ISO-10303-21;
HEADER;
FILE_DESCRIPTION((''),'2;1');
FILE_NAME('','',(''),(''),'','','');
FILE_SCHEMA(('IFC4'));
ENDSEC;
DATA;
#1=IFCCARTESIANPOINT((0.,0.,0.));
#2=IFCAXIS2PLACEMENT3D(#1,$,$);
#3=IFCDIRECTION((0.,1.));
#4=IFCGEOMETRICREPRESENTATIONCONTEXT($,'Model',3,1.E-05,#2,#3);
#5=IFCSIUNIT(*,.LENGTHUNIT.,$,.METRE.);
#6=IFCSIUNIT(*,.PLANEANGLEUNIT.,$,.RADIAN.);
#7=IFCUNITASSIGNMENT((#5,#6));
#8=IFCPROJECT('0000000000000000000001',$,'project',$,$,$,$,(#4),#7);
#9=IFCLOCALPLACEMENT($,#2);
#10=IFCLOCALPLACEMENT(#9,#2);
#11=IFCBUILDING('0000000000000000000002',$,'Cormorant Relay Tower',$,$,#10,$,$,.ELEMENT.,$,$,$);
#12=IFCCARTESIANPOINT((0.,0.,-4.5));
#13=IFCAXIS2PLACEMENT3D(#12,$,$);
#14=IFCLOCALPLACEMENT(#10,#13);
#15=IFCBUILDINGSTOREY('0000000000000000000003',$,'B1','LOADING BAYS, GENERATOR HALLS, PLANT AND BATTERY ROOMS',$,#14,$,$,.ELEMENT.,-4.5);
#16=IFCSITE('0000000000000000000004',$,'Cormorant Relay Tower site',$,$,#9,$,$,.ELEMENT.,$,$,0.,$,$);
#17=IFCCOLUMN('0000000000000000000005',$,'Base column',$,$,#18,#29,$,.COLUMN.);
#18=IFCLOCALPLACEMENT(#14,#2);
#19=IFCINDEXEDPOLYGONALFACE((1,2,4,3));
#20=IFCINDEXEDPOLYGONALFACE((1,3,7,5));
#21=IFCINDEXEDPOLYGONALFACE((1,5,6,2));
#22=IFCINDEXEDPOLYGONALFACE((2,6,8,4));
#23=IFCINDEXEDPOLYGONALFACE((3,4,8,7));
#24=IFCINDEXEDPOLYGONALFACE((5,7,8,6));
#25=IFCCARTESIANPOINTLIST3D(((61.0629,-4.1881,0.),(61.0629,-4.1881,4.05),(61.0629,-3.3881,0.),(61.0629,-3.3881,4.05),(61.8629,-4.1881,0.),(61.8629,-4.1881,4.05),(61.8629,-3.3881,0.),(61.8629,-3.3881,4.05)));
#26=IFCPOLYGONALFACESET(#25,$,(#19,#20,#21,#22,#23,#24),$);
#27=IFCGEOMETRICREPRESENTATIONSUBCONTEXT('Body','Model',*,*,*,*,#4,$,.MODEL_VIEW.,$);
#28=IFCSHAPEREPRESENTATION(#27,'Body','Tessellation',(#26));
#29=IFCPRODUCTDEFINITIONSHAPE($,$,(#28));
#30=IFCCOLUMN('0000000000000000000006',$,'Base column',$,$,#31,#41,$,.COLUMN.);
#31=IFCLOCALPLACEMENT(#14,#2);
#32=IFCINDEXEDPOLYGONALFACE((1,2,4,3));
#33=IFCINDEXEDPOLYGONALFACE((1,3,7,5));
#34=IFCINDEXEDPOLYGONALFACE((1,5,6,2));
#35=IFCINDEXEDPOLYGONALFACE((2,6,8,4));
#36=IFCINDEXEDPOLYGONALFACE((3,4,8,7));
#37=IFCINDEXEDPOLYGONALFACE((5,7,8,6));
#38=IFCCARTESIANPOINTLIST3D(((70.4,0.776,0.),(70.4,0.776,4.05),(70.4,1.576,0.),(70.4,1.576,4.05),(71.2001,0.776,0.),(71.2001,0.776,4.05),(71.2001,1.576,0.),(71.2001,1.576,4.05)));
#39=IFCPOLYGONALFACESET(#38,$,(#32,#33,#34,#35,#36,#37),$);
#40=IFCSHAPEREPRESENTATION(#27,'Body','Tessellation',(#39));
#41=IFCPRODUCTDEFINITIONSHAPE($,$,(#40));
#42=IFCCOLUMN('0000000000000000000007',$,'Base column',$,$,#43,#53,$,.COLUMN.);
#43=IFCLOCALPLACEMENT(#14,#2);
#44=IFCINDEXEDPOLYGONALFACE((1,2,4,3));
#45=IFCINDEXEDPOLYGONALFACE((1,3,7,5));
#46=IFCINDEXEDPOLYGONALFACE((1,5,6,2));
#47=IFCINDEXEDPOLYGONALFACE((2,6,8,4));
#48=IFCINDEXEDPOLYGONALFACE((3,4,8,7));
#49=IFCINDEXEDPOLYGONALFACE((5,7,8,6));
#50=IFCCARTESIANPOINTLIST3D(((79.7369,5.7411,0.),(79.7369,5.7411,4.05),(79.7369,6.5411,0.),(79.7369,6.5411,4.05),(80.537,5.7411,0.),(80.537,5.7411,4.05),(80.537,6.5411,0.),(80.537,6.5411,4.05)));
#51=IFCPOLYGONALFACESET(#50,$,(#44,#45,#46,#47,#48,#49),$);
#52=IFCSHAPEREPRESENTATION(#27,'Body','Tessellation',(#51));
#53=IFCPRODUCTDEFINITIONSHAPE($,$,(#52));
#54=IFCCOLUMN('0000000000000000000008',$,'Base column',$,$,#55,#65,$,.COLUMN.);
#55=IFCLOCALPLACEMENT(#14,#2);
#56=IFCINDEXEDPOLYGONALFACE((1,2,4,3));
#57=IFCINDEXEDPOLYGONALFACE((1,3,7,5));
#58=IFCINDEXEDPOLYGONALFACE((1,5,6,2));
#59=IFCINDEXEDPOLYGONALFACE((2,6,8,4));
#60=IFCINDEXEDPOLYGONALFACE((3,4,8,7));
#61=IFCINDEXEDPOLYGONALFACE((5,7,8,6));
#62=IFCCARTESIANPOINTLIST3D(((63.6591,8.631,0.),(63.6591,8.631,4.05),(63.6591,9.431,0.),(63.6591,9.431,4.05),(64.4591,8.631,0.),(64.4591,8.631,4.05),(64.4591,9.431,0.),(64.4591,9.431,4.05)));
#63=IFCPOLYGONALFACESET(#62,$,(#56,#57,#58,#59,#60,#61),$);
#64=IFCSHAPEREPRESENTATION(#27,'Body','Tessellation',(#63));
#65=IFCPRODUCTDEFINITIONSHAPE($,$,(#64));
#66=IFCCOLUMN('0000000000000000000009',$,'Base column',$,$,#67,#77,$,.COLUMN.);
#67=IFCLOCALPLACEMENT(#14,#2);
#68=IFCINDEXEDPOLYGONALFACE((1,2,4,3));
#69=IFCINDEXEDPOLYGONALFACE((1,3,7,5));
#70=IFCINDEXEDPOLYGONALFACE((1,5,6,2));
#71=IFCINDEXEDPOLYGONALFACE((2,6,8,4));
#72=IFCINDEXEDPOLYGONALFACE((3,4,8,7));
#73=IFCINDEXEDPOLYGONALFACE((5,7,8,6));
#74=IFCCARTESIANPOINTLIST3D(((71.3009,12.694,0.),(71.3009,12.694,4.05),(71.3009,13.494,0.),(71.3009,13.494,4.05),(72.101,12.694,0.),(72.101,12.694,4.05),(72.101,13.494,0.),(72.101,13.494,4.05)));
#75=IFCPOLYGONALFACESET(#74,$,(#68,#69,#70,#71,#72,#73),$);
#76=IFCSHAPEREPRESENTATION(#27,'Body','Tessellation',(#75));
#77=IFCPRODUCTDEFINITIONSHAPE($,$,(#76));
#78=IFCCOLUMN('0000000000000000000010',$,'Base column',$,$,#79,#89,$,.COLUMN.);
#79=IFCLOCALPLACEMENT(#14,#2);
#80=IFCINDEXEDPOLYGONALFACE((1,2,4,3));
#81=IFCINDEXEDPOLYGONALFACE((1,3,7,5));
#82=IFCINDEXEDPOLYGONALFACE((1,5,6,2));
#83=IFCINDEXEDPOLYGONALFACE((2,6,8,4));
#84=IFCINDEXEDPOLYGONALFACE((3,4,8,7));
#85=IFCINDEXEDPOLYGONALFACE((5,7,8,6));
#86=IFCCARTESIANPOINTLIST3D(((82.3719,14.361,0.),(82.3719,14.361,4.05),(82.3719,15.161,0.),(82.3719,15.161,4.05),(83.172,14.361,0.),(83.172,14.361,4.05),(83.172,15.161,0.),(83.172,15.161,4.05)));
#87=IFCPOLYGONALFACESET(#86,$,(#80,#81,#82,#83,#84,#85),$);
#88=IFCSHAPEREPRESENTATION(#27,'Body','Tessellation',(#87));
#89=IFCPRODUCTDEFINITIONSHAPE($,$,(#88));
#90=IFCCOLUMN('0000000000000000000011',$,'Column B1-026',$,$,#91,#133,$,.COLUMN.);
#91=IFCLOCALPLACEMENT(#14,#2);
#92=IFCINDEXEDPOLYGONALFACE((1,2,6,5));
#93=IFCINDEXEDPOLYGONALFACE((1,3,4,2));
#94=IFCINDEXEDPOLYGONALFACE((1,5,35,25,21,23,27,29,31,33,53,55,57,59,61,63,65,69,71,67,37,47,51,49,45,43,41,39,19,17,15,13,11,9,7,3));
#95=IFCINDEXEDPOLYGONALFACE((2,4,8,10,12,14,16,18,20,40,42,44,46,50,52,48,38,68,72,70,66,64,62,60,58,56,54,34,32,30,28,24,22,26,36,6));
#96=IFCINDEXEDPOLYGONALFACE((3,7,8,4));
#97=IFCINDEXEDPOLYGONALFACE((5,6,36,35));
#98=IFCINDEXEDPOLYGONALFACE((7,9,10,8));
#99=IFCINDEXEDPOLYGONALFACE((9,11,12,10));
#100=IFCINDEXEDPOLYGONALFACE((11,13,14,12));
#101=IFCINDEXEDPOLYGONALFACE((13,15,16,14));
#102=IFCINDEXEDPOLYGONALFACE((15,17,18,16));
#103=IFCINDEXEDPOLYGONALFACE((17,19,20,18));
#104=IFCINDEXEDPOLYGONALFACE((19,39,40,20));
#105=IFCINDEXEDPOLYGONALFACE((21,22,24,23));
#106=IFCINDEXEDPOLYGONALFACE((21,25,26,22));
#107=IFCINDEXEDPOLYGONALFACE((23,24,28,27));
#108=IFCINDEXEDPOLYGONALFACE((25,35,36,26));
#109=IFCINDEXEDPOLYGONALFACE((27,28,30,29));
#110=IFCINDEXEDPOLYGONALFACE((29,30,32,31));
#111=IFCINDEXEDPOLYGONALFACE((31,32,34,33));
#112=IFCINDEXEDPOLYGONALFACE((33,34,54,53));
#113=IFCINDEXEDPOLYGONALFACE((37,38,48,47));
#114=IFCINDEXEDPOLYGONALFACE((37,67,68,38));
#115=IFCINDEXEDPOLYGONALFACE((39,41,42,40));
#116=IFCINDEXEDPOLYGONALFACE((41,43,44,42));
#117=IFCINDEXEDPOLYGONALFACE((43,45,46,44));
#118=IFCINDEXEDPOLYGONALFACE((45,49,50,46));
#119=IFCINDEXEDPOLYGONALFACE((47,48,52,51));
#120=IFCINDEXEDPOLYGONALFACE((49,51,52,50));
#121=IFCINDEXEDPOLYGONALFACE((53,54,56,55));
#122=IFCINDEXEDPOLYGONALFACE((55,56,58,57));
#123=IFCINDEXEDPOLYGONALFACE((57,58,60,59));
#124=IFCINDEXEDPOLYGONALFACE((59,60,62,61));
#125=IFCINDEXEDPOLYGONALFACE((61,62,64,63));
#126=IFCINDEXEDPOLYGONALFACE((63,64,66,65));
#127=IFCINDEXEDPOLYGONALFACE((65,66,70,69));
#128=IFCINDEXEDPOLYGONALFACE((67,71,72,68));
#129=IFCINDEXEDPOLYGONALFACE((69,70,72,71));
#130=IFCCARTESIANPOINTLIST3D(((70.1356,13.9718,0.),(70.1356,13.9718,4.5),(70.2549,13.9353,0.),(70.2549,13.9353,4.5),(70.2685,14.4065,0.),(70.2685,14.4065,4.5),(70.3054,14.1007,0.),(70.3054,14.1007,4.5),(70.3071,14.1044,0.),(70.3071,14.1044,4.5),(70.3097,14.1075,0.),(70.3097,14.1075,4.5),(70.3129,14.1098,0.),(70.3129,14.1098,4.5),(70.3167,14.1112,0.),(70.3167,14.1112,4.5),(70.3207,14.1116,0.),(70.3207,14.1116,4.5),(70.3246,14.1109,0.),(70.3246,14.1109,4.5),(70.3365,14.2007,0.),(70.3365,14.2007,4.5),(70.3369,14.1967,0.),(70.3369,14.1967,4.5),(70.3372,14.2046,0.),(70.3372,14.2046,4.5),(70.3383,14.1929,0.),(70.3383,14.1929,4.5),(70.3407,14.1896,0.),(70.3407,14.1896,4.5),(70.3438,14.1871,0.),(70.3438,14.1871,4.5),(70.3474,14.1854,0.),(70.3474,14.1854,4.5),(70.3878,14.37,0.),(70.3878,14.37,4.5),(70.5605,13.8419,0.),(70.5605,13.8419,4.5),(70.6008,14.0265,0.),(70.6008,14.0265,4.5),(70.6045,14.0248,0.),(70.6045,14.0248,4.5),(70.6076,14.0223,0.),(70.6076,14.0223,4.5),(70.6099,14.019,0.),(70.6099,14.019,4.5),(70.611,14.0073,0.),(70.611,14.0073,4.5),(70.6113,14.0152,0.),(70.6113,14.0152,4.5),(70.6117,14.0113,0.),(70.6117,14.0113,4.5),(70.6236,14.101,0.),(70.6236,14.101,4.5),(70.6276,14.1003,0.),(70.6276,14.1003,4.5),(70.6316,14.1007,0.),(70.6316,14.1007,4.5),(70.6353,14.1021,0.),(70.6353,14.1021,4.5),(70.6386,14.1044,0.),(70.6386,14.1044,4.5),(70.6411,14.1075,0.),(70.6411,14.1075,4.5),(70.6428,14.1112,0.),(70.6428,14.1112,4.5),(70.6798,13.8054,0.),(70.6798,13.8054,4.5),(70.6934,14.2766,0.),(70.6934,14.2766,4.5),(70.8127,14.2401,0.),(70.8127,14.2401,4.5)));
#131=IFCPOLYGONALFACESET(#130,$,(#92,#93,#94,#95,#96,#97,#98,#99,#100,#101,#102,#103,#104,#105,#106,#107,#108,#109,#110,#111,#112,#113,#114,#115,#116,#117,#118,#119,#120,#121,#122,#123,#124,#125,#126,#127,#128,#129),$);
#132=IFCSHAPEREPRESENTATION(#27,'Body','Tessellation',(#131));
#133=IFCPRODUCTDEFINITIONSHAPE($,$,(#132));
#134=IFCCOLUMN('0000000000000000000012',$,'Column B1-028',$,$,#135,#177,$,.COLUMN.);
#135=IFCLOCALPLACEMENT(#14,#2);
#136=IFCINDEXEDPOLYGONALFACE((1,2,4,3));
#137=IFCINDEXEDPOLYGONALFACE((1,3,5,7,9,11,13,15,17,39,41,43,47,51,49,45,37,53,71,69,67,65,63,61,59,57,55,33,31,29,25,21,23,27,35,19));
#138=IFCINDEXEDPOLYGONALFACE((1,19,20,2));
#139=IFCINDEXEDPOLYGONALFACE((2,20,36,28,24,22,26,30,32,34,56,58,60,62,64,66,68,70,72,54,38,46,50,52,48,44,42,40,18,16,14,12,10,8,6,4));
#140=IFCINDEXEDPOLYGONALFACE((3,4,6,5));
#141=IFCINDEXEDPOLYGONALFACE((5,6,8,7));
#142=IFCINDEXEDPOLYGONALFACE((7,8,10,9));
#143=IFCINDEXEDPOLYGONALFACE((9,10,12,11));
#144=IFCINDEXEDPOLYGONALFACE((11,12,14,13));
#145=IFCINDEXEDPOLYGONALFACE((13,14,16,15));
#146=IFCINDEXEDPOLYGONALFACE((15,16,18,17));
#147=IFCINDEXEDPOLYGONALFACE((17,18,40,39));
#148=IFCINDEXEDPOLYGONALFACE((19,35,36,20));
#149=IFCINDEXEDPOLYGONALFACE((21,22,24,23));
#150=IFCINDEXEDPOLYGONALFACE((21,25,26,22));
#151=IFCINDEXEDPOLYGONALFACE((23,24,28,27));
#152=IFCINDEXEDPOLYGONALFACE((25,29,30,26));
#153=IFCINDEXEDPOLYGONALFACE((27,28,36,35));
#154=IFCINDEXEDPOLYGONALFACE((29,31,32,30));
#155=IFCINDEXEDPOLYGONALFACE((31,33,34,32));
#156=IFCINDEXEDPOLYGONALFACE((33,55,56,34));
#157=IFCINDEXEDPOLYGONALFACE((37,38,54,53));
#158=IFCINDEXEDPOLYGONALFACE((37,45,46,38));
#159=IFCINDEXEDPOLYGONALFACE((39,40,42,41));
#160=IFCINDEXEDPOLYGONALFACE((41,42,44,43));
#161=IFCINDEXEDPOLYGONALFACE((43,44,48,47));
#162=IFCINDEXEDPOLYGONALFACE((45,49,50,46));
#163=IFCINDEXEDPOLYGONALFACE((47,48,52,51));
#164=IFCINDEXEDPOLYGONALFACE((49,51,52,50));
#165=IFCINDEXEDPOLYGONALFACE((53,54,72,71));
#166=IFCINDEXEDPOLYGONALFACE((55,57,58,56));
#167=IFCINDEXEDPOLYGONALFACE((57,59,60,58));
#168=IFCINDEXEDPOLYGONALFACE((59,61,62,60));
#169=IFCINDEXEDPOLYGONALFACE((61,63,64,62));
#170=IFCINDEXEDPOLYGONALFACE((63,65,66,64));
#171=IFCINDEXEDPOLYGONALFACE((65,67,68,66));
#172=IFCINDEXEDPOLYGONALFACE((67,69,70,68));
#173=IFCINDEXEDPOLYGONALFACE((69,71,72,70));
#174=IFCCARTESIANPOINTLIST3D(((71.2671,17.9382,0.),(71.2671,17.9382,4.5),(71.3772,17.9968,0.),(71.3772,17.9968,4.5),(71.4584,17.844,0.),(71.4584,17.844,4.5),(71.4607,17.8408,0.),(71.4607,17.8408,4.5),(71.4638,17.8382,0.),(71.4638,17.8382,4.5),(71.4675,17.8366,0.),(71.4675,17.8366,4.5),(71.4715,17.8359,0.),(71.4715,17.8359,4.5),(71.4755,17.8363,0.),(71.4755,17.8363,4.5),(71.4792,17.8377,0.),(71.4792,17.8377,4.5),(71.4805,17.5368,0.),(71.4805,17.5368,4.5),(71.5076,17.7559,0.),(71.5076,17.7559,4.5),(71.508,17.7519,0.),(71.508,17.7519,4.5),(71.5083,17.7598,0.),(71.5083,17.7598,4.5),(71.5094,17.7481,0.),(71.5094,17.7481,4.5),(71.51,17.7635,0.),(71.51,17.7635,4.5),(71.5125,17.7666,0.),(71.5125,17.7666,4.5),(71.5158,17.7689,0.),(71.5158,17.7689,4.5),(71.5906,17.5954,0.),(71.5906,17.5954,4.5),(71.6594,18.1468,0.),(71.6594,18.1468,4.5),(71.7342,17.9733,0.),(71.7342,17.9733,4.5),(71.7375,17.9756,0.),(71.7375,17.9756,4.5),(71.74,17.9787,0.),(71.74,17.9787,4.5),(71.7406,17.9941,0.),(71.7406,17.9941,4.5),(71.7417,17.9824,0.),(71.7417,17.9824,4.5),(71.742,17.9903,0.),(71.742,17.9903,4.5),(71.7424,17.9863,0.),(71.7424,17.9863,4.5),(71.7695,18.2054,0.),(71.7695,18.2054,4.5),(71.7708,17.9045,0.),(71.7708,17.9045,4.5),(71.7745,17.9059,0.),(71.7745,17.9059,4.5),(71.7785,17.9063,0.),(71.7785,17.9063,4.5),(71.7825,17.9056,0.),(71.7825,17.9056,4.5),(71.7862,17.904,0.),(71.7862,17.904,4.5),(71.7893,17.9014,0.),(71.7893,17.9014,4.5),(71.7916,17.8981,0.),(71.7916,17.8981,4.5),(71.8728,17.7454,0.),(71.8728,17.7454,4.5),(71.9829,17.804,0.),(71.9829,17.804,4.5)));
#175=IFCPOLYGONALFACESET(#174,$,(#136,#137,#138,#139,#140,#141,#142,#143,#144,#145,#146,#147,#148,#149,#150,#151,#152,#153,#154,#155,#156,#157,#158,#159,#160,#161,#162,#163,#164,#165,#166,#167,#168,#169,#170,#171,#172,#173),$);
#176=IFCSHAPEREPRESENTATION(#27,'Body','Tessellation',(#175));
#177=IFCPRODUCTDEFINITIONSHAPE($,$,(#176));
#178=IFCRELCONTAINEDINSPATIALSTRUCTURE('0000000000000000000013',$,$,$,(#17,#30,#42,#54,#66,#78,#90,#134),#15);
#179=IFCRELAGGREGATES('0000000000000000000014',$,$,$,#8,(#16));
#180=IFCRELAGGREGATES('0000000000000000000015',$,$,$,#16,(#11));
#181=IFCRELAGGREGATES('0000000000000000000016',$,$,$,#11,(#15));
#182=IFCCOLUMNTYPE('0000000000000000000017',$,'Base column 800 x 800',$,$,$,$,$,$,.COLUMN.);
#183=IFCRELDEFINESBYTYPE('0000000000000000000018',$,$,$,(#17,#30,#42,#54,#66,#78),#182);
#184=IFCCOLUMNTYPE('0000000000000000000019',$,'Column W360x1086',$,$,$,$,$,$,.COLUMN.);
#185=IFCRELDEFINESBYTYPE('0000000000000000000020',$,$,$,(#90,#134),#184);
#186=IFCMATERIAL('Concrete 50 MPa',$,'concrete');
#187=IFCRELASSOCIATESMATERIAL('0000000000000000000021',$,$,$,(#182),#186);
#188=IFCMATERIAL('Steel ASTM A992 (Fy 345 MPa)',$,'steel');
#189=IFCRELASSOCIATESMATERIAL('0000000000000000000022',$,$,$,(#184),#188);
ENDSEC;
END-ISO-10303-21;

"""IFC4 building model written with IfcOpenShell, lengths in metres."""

from ifc_helpers import new_model, si_unit, direction, frame, origin, origin_2d, place, context, subcontext, project, spatial, rectangle, i_section, extrude, material, material_profile, profile_set, type_object, element, save


model = new_model("IFC4")

# Units and contexts
model_context = context("Model", 3, precision=1e-05, world=origin(), true_north=direction((0.0, 1.0)))
body_context = subcontext(model_context, "Body", "Model", "MODEL_VIEW")
ifc_project = project(units=[si_unit("LENGTHUNIT", "METRE"), si_unit("PLANEANGLEUNIT", "RADIAN")], contexts=[model_context])

# Site, building, storey
site_placement = place(None, origin())
site = spatial("IfcSite", under=ifc_project, at=site_placement, Name="Cormorant Relay Tower site", CompositionType="ELEMENT", RefElevation=0.0)
building_placement = place(site_placement, origin())
building = spatial("IfcBuilding", under=site, at=building_placement, Name="Cormorant Relay Tower", CompositionType="ELEMENT")
storey_placement = place(building_placement, frame((0.0, 0.0, -4.5)))
storey = spatial("IfcBuildingStorey", under=building, at=storey_placement, Name="B1", Description="LOADING BAYS, GENERATOR HALLS, PLANT AND BATTERY ROOMS", CompositionType="ELEMENT", Elevation=-4.5)

# Columns
ifc_material_1 = material(Name="Concrete 50 MPa", Category="concrete")
ifc_material_profile_1 = material_profile(ifc_material_1, rectangle(XDim=0.8, YDim=0.8, at=origin_2d()), Name="RC 800x800")
ifc_profile_set_1 = profile_set([ifc_material_profile_1], Name="Concrete 50 MPa")
column_type_1 = type_object("IfcColumnType", Name="Base column 800 x 800", PredefinedType="COLUMN", material=ifc_profile_set_1)
for number, where, z_axis, x_axis, name in (
    (1, (61.4629, -3.7881, 0.0), (0.0, 0.0, 1.0), (1.0, 0.0, 0.0), "Base column"),
    (2, (70.8, 1.176, 0.0), (0.0, 0.0, 1.0), (1.0, 0.0, 0.0), "Base column"),
    (3, (80.137, 6.1411, 0.0), (0.0, 0.0, 1.0), (1.0, 0.0, 0.0), "Base column"),
    (4, (64.0591, 9.031, 0.0), (0.0, 0.0, 1.0), (1.0, 0.0, 0.0), "Base column"),
    (5, (71.7009, 13.094, 0.0), (0.0, 0.0, 1.0), (1.0, 0.0, 0.0), "Base column"),
    (6, (82.772, 14.761, 0.0), (0.0, 0.0, 1.0), (1.0, 0.0, 0.0), "Base column"),
):
    element("IfcColumn", number, at=place(storey_placement, frame(where, z_axis=z_axis, x_axis=x_axis)), inside=storey, type_object=column_type_1, Name=name, PredefinedType="COLUMN", context=body_context, shape_type="SweptSolid", body=[
        extrude(rectangle(XDim=0.8, YDim=0.8, at=origin_2d()), origin(), (0.0, 0.0, 1.0), 4.05),
    ])
ifc_material_2 = material(Name="Steel ASTM A992 (Fy 345 MPa)", Category="steel")
ifc_material_profile_2 = material_profile(ifc_material_2, i_section(OverallWidth=0.4546, OverallDepth=0.5691, WebThickness=0.0779, FlangeThickness=0.1248, FilletRadius=0.0154, at=origin_2d()), Name="W360x1086")
ifc_profile_set_2 = profile_set([ifc_material_profile_2], Name="Steel ASTM A992 (Fy 345 MPa)")
column_type_2 = type_object("IfcColumnType", Name="Column W360x1086", PredefinedType="COLUMN", material=ifc_profile_set_2)
for number, where, z_axis, x_axis, name in (
    (7, (70.4741, 14.106, 0.0), (0.0, 0.0, 1.0), (0.292372, 0.956305, 0.0), "Column B1-026"),
    (8, (71.625, 17.8711, 0.0), (0.0, 0.0, 1.0), (-0.469472, 0.882948, 0.0), "Column B1-028"),
):
    element("IfcColumn", number, at=place(storey_placement, frame(where, z_axis=z_axis, x_axis=x_axis)), inside=storey, type_object=column_type_2, Name=name, PredefinedType="COLUMN", context=body_context, shape_type="SweptSolid", body=[
        extrude(i_section(OverallWidth=0.4546, OverallDepth=0.5691, WebThickness=0.0779, FlangeThickness=0.1248, FilletRadius=0.0154, at=origin_2d()), origin(), (0.0, 0.0, 1.0), 4.5),
    ])

save(model, "model.ifc")
